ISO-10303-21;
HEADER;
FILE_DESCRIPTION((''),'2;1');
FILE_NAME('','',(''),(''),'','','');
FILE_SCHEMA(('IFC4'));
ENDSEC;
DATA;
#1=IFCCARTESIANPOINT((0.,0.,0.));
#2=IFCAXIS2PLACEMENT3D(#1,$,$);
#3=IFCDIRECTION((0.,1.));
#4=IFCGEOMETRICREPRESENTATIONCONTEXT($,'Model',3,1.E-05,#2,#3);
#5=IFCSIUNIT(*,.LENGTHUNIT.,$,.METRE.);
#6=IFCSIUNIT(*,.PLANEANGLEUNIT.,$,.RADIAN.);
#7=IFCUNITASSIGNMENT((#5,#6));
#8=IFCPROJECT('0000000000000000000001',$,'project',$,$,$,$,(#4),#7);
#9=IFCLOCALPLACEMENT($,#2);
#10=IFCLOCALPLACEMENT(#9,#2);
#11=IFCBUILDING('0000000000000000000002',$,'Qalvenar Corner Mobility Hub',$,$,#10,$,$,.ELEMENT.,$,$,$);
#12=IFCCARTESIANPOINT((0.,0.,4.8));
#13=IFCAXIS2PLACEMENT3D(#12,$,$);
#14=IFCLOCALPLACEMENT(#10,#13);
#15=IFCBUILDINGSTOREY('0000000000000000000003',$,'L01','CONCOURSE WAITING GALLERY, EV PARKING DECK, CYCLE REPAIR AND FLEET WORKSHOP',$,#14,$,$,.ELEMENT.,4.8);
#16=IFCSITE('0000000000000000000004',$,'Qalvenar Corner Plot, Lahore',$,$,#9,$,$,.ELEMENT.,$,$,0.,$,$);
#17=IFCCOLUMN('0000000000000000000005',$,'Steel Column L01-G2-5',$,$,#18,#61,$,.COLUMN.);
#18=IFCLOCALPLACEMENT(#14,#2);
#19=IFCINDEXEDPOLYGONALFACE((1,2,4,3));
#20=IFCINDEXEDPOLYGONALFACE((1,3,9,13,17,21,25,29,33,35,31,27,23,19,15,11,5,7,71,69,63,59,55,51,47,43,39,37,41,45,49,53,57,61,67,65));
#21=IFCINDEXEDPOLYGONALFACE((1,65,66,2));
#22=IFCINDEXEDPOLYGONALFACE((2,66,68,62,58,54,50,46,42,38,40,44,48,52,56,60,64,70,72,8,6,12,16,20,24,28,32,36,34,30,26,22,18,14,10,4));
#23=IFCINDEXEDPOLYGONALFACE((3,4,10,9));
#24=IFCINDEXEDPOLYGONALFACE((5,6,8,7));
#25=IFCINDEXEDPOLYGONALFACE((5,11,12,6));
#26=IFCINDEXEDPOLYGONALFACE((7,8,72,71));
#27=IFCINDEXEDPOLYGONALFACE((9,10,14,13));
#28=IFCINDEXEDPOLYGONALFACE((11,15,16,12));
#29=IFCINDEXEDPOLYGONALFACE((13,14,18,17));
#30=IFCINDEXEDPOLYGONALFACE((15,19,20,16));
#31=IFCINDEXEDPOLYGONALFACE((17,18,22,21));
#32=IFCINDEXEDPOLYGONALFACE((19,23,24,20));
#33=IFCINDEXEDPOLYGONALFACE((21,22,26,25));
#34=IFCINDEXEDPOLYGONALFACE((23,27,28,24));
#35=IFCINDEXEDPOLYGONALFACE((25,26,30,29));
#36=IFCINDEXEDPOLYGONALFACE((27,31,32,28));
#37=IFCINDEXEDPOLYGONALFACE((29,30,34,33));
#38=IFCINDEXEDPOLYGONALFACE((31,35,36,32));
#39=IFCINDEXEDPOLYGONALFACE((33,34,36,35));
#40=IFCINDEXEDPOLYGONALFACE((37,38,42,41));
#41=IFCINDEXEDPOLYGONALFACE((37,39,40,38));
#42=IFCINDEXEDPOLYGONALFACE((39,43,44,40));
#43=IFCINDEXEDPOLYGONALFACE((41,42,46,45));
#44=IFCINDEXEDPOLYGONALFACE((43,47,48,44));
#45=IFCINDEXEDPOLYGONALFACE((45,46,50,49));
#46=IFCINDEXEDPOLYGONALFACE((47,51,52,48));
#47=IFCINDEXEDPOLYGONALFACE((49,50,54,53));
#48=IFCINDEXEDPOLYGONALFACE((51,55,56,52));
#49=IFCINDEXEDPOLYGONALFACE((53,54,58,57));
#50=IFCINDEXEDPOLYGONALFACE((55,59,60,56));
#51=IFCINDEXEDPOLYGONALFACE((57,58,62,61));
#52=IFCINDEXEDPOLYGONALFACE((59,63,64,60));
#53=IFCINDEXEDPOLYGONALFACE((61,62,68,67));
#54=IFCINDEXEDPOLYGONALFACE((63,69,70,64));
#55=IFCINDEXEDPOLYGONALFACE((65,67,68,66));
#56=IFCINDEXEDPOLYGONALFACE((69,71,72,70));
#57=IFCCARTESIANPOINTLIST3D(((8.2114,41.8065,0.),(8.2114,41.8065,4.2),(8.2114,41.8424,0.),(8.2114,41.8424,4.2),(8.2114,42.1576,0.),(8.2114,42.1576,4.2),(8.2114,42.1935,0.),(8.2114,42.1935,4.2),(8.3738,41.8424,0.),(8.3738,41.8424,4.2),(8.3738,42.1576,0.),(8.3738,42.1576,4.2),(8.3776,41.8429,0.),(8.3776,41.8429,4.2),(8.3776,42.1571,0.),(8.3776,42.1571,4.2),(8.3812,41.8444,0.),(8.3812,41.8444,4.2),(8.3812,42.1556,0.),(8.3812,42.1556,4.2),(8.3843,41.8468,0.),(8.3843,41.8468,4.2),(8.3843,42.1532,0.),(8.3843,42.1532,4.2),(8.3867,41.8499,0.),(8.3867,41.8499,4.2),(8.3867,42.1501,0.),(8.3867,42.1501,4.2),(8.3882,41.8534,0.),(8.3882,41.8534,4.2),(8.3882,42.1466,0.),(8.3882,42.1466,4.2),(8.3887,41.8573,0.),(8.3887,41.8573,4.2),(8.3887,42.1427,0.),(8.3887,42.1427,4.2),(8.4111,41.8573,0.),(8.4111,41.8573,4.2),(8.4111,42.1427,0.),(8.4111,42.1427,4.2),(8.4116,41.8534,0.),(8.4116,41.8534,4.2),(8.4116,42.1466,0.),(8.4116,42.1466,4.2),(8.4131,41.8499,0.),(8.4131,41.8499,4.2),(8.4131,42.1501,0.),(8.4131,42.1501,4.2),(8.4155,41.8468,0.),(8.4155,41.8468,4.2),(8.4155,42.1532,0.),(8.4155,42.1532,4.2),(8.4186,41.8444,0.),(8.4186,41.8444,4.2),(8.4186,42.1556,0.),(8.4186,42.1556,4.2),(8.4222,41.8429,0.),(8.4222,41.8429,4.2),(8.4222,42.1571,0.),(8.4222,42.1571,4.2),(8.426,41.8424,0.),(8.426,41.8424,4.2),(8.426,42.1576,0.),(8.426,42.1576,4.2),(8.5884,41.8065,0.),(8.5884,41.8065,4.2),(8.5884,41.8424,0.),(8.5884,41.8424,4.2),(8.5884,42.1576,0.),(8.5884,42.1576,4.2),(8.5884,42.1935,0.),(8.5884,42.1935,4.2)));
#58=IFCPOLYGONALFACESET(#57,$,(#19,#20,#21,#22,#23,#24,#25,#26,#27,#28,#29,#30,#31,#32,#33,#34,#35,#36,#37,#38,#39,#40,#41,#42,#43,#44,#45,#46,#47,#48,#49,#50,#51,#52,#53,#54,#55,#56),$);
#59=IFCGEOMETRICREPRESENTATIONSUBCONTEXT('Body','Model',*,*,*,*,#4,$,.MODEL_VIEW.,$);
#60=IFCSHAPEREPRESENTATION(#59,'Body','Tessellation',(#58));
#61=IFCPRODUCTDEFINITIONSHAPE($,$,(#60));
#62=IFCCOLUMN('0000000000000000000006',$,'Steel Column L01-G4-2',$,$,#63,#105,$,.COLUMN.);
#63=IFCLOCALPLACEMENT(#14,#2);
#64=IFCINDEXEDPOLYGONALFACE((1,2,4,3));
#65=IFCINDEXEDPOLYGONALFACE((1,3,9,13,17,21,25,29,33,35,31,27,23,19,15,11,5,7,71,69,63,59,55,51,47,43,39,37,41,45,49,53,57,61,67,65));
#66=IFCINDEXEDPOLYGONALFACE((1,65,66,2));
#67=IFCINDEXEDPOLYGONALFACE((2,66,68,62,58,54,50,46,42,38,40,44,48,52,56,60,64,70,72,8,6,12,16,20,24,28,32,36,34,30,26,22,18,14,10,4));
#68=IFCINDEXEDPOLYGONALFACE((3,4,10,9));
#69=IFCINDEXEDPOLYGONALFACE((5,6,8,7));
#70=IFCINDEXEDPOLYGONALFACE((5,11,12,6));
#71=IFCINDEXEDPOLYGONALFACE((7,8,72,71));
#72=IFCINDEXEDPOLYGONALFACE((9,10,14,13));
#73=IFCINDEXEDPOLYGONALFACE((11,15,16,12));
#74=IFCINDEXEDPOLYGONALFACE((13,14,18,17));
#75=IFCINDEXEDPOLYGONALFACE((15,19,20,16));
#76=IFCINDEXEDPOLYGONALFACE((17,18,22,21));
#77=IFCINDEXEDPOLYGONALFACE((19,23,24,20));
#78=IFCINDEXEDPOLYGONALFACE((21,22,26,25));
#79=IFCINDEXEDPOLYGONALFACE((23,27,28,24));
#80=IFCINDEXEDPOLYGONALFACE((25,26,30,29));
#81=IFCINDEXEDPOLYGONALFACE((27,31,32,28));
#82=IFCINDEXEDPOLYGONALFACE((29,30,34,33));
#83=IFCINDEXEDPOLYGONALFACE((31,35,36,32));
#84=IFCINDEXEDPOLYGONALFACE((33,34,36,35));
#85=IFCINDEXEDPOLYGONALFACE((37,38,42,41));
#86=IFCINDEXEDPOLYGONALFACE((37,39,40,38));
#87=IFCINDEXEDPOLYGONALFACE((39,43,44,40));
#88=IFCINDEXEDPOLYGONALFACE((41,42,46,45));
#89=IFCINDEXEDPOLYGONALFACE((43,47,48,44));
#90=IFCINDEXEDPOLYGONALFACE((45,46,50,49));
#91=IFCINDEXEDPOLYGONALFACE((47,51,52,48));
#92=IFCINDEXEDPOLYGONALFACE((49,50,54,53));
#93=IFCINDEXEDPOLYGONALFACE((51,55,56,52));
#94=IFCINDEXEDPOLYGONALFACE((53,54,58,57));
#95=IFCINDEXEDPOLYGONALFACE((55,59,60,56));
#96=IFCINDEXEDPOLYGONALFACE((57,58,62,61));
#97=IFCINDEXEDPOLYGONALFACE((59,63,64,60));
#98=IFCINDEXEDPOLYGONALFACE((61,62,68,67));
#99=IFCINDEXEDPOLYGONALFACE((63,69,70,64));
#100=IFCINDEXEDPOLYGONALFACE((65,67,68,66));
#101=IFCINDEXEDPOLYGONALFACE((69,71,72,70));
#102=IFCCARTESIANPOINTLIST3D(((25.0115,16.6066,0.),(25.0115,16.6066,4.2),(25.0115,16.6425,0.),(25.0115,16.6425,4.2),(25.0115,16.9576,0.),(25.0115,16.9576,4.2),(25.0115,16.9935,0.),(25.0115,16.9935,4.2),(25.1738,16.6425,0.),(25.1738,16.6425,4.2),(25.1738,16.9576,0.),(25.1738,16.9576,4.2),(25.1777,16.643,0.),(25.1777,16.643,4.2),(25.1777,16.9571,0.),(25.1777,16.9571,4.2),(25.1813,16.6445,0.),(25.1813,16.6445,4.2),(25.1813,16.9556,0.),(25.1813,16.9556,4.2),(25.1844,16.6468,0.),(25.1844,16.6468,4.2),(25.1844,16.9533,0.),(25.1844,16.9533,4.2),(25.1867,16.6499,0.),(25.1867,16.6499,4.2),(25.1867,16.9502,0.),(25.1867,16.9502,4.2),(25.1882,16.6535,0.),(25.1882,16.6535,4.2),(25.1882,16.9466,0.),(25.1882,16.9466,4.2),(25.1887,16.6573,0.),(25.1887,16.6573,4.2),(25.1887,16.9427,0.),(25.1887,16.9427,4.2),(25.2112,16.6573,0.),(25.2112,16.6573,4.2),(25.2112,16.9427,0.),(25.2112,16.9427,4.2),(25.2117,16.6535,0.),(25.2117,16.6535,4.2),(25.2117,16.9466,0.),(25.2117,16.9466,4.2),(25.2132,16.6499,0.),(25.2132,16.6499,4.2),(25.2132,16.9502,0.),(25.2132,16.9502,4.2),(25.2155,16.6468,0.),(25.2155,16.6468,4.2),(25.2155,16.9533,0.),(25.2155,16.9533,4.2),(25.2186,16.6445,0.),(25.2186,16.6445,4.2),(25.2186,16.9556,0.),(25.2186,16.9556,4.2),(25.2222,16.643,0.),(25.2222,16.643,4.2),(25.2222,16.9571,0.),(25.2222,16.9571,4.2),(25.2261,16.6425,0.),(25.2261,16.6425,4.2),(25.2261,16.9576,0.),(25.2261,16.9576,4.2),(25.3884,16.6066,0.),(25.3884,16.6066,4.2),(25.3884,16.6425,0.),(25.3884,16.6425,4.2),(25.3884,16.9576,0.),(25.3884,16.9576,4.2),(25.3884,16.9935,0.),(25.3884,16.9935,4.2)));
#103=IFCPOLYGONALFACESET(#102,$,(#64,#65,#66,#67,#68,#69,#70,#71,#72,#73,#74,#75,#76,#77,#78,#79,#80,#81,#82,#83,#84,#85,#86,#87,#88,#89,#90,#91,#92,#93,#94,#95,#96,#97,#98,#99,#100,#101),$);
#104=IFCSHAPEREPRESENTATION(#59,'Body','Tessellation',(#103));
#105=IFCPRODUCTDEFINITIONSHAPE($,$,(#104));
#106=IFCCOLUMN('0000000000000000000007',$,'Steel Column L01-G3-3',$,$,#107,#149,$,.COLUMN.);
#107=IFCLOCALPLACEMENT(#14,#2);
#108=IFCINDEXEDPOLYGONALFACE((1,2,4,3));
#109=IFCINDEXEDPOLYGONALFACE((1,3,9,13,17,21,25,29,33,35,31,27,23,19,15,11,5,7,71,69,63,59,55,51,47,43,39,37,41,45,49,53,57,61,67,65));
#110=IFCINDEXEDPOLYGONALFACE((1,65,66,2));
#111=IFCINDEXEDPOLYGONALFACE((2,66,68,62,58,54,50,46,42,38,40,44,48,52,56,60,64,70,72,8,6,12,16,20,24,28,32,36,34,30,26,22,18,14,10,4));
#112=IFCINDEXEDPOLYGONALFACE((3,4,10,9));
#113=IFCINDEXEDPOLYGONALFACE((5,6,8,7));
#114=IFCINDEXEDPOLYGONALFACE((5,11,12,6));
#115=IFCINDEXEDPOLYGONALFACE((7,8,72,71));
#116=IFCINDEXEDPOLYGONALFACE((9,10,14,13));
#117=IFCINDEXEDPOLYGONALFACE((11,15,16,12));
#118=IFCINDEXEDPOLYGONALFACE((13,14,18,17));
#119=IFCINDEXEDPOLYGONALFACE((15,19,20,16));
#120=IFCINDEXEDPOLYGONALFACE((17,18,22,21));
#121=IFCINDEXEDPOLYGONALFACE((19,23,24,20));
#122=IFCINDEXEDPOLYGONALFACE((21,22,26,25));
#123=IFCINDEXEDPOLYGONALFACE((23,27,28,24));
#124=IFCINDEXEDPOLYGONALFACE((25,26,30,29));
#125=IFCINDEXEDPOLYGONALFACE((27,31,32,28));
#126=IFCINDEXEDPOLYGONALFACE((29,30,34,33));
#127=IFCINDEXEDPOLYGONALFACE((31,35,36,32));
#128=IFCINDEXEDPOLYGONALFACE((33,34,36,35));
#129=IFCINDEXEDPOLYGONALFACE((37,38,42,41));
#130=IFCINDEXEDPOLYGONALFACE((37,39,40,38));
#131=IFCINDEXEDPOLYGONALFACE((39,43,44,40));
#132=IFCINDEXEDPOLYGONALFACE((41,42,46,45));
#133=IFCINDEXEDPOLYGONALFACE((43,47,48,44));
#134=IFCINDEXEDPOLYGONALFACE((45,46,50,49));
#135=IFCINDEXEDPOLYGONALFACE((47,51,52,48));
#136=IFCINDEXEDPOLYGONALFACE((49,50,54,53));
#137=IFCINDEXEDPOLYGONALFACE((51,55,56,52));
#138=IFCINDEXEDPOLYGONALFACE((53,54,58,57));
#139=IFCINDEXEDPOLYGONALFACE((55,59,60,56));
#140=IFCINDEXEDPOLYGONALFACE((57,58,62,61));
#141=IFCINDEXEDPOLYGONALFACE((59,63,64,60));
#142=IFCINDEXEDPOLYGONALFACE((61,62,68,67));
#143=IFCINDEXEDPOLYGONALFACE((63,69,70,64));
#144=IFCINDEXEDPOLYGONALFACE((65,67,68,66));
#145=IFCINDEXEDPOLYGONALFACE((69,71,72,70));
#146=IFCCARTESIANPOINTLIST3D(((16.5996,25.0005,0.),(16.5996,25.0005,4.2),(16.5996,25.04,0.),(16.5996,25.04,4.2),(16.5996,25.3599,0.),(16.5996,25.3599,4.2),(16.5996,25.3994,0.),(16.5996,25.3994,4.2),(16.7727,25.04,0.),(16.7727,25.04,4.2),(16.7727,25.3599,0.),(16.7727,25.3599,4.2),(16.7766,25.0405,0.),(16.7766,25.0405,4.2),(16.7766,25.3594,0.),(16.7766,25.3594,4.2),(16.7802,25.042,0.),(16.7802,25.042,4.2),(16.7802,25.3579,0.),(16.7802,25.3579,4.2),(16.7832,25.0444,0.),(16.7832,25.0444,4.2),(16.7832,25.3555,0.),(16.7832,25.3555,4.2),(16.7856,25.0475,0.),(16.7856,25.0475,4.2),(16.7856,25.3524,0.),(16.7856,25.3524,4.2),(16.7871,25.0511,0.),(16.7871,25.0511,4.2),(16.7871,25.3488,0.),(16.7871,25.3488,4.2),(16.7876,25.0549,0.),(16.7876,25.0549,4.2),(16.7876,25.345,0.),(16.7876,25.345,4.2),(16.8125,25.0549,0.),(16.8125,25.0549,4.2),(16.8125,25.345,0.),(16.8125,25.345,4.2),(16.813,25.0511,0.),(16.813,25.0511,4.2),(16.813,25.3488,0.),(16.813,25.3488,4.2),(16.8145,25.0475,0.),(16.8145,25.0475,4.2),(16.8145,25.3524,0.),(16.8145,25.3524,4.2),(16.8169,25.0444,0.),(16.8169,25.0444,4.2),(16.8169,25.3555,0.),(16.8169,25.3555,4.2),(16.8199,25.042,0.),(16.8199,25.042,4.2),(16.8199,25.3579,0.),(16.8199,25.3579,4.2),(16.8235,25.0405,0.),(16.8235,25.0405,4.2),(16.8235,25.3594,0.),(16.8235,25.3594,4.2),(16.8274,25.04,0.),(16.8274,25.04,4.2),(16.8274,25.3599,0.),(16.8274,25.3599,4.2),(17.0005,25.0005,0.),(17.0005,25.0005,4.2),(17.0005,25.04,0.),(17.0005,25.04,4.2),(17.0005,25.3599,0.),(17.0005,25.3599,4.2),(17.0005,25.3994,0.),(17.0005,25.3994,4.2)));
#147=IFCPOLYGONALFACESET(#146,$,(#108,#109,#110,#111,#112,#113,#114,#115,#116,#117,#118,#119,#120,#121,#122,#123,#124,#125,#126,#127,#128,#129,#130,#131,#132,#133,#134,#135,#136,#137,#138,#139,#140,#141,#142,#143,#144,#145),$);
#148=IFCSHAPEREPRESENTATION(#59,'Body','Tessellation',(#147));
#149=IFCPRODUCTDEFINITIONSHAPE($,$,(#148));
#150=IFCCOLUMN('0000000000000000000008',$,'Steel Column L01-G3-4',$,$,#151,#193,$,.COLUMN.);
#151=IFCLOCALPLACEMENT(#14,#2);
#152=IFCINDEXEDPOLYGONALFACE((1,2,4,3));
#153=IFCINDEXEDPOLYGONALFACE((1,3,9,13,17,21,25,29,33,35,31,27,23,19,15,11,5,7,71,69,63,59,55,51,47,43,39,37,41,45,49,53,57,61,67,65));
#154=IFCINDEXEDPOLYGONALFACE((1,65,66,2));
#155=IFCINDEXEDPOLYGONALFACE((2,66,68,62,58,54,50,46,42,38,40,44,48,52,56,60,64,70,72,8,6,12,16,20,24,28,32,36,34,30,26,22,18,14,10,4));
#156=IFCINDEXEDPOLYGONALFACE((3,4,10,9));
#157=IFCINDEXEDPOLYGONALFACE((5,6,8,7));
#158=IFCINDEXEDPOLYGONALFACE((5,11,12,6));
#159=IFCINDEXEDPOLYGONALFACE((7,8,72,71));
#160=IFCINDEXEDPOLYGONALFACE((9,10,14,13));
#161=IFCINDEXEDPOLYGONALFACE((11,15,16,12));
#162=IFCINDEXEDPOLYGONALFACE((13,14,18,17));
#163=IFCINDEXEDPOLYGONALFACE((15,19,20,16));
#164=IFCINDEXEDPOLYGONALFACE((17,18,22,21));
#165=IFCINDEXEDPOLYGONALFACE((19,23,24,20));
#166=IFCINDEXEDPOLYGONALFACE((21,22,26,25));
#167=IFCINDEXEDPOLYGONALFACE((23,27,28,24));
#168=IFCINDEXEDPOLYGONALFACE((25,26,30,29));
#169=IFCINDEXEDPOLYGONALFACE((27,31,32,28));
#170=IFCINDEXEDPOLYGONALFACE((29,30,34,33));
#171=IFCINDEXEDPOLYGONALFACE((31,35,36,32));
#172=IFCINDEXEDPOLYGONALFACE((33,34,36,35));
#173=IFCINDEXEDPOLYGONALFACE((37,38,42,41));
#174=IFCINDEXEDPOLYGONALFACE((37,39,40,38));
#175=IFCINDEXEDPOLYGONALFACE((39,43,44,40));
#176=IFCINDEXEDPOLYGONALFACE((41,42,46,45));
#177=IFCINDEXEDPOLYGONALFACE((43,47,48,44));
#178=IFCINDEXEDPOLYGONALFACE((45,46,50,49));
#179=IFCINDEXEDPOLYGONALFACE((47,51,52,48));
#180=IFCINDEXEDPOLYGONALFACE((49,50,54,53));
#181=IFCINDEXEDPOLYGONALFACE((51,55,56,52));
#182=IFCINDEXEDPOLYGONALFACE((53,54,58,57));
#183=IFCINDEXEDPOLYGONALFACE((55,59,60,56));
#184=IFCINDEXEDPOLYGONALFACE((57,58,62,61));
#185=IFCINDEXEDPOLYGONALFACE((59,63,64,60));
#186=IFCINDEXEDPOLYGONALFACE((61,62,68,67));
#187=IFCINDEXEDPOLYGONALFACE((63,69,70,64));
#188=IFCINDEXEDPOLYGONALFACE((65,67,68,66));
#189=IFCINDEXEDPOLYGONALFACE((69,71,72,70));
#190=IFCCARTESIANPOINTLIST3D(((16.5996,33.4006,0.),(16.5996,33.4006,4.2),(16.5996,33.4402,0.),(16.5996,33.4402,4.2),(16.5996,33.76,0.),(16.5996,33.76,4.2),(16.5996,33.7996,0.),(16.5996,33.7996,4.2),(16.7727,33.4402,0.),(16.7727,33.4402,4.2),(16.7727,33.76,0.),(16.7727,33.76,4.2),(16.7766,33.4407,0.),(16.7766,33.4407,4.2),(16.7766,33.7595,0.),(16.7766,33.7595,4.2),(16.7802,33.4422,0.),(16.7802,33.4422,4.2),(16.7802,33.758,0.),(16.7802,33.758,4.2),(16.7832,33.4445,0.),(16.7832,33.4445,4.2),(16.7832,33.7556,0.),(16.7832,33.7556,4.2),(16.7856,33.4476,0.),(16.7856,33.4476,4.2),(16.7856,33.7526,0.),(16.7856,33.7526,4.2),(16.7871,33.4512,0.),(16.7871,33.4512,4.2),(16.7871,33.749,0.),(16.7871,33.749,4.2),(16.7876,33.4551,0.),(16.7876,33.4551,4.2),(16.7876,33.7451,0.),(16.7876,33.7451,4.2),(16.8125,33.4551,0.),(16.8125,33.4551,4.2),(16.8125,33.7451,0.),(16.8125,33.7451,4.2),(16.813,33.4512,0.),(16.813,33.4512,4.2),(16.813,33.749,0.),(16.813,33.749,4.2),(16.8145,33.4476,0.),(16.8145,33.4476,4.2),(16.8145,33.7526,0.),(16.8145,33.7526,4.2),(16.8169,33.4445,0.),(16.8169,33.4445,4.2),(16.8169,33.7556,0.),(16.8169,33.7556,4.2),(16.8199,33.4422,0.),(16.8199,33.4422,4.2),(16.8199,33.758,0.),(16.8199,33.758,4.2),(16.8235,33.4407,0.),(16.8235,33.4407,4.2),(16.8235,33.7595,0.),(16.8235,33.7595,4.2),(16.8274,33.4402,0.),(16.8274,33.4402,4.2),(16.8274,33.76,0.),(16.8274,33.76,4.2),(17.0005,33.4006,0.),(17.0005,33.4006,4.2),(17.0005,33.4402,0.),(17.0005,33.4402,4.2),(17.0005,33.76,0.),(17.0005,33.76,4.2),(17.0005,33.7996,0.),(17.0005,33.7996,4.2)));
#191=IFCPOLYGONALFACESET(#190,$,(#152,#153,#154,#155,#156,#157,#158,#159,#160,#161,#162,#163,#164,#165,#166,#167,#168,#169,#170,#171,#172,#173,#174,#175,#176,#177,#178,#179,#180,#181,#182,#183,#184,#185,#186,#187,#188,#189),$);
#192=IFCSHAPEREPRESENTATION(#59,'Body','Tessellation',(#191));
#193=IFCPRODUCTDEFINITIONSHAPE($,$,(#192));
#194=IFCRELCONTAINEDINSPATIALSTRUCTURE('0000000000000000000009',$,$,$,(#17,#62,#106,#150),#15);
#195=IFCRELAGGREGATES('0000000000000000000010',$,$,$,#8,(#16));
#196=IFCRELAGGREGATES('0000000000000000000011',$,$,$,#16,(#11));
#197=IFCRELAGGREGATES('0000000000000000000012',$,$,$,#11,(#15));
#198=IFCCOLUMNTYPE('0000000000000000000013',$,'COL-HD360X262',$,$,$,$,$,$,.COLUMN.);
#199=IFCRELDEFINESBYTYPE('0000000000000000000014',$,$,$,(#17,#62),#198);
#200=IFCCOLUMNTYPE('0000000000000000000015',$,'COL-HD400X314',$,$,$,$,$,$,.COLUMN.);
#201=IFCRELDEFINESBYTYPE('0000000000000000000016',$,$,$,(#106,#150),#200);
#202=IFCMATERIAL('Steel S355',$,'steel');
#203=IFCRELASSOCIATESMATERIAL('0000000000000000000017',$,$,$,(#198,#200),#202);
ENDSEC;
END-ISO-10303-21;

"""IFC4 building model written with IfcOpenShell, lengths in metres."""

from ifc_helpers import new_model, si_unit, direction, frame, origin, origin_2d, place, context, subcontext, project, spatial, i_section, extrude, material, material_profile, profile_set, type_object, element, save


model = new_model("IFC4")

# Units and contexts
model_context = context("Model", 3, precision=1e-05, world=origin(), true_north=direction((0.0, 1.0)))
body_context = subcontext(model_context, "Body", "Model", "MODEL_VIEW")
ifc_project = project(units=[si_unit("LENGTHUNIT", "METRE"), si_unit("PLANEANGLEUNIT", "RADIAN")], contexts=[model_context])

# Site, building, storey
site_placement = place(None, origin())
site = spatial("IfcSite", under=ifc_project, at=site_placement, Name="Qalvenar Corner Plot, Lahore", CompositionType="ELEMENT", RefElevation=0.0)
building_placement = place(site_placement, origin())
building = spatial("IfcBuilding", under=site, at=building_placement, Name="Qalvenar Corner Mobility Hub", CompositionType="ELEMENT")
storey_placement = place(building_placement, frame((0.0, 0.0, 4.8)))
storey = spatial("IfcBuildingStorey", under=building, at=storey_placement, Name="L01", Description="CONCOURSE WAITING GALLERY, EV PARKING DECK, CYCLE REPAIR AND FLEET WORKSHOP", CompositionType="ELEMENT", Elevation=4.8)

# Columns
ifc_material_1 = material(Name="Steel S355", Category="steel")
ifc_material_profile_1 = material_profile(ifc_material_1, i_section(OverallWidth=0.377, OverallDepth=0.387, WebThickness=0.0225, FlangeThickness=0.0359, FilletRadius=0.0149, at=origin_2d()), Name="HD360x262")
ifc_profile_set_1 = profile_set([ifc_material_profile_1], Name="Steel S355")
column_type_1 = type_object("IfcColumnType", Name="COL-HD360X262", PredefinedType="COLUMN", material=ifc_profile_set_1)
for number, where, z_axis, x_axis, name in (
    (1, (8.3999, 42.0, 0.0), (0.0, 0.0, 1.0), (1.0, 0.0, 0.0), "Steel Column L01-G2-5"),
    (2, (25.2, 16.8, 0.0), (0.0, 0.0, 1.0), (1.0, 0.0, 0.0), "Steel Column L01-G4-2"),
):
    element("IfcColumn", number, at=place(storey_placement, frame(where, z_axis=z_axis, x_axis=x_axis)), inside=storey, type_object=column_type_1, Name=name, PredefinedType="COLUMN", context=body_context, shape_type="SweptSolid", body=[
        extrude(i_section(OverallWidth=0.377, OverallDepth=0.387, WebThickness=0.0225, FlangeThickness=0.0359, FilletRadius=0.0149, at=origin_2d()), origin(), (0.0, 0.0, 1.0), 4.2),
    ])
ifc_material_profile_2 = material_profile(ifc_material_1, i_section(OverallWidth=0.4009, OverallDepth=0.3989, WebThickness=0.0249, FlangeThickness=0.0396, FilletRadius=0.0149, at=origin_2d()), Name="HD400x314")
ifc_profile_set_2 = profile_set([ifc_material_profile_2], Name="Steel S355")
column_type_2 = type_object("IfcColumnType", Name="COL-HD400X314", PredefinedType="COLUMN", material=ifc_profile_set_2)
for number, where, z_axis, x_axis, name in (
    (3, (16.8, 25.2, 0.0), (0.0, 0.0, 1.0), (1.0, 0.0, 0.0), "Steel Column L01-G3-3"),
    (4, (16.8, 33.6001, 0.0), (0.0, 0.0, 1.0), (1.0, 0.0, 0.0), "Steel Column L01-G3-4"),
):
    element("IfcColumn", number, at=place(storey_placement, frame(where, z_axis=z_axis, x_axis=x_axis)), inside=storey, type_object=column_type_2, Name=name, PredefinedType="COLUMN", context=body_context, shape_type="SweptSolid", body=[
        extrude(i_section(OverallWidth=0.4009, OverallDepth=0.3989, WebThickness=0.0249, FlangeThickness=0.0396, FilletRadius=0.0149, at=origin_2d()), origin(), (0.0, 0.0, 1.0), 4.2),
    ])

save(model, "model.ifc")
